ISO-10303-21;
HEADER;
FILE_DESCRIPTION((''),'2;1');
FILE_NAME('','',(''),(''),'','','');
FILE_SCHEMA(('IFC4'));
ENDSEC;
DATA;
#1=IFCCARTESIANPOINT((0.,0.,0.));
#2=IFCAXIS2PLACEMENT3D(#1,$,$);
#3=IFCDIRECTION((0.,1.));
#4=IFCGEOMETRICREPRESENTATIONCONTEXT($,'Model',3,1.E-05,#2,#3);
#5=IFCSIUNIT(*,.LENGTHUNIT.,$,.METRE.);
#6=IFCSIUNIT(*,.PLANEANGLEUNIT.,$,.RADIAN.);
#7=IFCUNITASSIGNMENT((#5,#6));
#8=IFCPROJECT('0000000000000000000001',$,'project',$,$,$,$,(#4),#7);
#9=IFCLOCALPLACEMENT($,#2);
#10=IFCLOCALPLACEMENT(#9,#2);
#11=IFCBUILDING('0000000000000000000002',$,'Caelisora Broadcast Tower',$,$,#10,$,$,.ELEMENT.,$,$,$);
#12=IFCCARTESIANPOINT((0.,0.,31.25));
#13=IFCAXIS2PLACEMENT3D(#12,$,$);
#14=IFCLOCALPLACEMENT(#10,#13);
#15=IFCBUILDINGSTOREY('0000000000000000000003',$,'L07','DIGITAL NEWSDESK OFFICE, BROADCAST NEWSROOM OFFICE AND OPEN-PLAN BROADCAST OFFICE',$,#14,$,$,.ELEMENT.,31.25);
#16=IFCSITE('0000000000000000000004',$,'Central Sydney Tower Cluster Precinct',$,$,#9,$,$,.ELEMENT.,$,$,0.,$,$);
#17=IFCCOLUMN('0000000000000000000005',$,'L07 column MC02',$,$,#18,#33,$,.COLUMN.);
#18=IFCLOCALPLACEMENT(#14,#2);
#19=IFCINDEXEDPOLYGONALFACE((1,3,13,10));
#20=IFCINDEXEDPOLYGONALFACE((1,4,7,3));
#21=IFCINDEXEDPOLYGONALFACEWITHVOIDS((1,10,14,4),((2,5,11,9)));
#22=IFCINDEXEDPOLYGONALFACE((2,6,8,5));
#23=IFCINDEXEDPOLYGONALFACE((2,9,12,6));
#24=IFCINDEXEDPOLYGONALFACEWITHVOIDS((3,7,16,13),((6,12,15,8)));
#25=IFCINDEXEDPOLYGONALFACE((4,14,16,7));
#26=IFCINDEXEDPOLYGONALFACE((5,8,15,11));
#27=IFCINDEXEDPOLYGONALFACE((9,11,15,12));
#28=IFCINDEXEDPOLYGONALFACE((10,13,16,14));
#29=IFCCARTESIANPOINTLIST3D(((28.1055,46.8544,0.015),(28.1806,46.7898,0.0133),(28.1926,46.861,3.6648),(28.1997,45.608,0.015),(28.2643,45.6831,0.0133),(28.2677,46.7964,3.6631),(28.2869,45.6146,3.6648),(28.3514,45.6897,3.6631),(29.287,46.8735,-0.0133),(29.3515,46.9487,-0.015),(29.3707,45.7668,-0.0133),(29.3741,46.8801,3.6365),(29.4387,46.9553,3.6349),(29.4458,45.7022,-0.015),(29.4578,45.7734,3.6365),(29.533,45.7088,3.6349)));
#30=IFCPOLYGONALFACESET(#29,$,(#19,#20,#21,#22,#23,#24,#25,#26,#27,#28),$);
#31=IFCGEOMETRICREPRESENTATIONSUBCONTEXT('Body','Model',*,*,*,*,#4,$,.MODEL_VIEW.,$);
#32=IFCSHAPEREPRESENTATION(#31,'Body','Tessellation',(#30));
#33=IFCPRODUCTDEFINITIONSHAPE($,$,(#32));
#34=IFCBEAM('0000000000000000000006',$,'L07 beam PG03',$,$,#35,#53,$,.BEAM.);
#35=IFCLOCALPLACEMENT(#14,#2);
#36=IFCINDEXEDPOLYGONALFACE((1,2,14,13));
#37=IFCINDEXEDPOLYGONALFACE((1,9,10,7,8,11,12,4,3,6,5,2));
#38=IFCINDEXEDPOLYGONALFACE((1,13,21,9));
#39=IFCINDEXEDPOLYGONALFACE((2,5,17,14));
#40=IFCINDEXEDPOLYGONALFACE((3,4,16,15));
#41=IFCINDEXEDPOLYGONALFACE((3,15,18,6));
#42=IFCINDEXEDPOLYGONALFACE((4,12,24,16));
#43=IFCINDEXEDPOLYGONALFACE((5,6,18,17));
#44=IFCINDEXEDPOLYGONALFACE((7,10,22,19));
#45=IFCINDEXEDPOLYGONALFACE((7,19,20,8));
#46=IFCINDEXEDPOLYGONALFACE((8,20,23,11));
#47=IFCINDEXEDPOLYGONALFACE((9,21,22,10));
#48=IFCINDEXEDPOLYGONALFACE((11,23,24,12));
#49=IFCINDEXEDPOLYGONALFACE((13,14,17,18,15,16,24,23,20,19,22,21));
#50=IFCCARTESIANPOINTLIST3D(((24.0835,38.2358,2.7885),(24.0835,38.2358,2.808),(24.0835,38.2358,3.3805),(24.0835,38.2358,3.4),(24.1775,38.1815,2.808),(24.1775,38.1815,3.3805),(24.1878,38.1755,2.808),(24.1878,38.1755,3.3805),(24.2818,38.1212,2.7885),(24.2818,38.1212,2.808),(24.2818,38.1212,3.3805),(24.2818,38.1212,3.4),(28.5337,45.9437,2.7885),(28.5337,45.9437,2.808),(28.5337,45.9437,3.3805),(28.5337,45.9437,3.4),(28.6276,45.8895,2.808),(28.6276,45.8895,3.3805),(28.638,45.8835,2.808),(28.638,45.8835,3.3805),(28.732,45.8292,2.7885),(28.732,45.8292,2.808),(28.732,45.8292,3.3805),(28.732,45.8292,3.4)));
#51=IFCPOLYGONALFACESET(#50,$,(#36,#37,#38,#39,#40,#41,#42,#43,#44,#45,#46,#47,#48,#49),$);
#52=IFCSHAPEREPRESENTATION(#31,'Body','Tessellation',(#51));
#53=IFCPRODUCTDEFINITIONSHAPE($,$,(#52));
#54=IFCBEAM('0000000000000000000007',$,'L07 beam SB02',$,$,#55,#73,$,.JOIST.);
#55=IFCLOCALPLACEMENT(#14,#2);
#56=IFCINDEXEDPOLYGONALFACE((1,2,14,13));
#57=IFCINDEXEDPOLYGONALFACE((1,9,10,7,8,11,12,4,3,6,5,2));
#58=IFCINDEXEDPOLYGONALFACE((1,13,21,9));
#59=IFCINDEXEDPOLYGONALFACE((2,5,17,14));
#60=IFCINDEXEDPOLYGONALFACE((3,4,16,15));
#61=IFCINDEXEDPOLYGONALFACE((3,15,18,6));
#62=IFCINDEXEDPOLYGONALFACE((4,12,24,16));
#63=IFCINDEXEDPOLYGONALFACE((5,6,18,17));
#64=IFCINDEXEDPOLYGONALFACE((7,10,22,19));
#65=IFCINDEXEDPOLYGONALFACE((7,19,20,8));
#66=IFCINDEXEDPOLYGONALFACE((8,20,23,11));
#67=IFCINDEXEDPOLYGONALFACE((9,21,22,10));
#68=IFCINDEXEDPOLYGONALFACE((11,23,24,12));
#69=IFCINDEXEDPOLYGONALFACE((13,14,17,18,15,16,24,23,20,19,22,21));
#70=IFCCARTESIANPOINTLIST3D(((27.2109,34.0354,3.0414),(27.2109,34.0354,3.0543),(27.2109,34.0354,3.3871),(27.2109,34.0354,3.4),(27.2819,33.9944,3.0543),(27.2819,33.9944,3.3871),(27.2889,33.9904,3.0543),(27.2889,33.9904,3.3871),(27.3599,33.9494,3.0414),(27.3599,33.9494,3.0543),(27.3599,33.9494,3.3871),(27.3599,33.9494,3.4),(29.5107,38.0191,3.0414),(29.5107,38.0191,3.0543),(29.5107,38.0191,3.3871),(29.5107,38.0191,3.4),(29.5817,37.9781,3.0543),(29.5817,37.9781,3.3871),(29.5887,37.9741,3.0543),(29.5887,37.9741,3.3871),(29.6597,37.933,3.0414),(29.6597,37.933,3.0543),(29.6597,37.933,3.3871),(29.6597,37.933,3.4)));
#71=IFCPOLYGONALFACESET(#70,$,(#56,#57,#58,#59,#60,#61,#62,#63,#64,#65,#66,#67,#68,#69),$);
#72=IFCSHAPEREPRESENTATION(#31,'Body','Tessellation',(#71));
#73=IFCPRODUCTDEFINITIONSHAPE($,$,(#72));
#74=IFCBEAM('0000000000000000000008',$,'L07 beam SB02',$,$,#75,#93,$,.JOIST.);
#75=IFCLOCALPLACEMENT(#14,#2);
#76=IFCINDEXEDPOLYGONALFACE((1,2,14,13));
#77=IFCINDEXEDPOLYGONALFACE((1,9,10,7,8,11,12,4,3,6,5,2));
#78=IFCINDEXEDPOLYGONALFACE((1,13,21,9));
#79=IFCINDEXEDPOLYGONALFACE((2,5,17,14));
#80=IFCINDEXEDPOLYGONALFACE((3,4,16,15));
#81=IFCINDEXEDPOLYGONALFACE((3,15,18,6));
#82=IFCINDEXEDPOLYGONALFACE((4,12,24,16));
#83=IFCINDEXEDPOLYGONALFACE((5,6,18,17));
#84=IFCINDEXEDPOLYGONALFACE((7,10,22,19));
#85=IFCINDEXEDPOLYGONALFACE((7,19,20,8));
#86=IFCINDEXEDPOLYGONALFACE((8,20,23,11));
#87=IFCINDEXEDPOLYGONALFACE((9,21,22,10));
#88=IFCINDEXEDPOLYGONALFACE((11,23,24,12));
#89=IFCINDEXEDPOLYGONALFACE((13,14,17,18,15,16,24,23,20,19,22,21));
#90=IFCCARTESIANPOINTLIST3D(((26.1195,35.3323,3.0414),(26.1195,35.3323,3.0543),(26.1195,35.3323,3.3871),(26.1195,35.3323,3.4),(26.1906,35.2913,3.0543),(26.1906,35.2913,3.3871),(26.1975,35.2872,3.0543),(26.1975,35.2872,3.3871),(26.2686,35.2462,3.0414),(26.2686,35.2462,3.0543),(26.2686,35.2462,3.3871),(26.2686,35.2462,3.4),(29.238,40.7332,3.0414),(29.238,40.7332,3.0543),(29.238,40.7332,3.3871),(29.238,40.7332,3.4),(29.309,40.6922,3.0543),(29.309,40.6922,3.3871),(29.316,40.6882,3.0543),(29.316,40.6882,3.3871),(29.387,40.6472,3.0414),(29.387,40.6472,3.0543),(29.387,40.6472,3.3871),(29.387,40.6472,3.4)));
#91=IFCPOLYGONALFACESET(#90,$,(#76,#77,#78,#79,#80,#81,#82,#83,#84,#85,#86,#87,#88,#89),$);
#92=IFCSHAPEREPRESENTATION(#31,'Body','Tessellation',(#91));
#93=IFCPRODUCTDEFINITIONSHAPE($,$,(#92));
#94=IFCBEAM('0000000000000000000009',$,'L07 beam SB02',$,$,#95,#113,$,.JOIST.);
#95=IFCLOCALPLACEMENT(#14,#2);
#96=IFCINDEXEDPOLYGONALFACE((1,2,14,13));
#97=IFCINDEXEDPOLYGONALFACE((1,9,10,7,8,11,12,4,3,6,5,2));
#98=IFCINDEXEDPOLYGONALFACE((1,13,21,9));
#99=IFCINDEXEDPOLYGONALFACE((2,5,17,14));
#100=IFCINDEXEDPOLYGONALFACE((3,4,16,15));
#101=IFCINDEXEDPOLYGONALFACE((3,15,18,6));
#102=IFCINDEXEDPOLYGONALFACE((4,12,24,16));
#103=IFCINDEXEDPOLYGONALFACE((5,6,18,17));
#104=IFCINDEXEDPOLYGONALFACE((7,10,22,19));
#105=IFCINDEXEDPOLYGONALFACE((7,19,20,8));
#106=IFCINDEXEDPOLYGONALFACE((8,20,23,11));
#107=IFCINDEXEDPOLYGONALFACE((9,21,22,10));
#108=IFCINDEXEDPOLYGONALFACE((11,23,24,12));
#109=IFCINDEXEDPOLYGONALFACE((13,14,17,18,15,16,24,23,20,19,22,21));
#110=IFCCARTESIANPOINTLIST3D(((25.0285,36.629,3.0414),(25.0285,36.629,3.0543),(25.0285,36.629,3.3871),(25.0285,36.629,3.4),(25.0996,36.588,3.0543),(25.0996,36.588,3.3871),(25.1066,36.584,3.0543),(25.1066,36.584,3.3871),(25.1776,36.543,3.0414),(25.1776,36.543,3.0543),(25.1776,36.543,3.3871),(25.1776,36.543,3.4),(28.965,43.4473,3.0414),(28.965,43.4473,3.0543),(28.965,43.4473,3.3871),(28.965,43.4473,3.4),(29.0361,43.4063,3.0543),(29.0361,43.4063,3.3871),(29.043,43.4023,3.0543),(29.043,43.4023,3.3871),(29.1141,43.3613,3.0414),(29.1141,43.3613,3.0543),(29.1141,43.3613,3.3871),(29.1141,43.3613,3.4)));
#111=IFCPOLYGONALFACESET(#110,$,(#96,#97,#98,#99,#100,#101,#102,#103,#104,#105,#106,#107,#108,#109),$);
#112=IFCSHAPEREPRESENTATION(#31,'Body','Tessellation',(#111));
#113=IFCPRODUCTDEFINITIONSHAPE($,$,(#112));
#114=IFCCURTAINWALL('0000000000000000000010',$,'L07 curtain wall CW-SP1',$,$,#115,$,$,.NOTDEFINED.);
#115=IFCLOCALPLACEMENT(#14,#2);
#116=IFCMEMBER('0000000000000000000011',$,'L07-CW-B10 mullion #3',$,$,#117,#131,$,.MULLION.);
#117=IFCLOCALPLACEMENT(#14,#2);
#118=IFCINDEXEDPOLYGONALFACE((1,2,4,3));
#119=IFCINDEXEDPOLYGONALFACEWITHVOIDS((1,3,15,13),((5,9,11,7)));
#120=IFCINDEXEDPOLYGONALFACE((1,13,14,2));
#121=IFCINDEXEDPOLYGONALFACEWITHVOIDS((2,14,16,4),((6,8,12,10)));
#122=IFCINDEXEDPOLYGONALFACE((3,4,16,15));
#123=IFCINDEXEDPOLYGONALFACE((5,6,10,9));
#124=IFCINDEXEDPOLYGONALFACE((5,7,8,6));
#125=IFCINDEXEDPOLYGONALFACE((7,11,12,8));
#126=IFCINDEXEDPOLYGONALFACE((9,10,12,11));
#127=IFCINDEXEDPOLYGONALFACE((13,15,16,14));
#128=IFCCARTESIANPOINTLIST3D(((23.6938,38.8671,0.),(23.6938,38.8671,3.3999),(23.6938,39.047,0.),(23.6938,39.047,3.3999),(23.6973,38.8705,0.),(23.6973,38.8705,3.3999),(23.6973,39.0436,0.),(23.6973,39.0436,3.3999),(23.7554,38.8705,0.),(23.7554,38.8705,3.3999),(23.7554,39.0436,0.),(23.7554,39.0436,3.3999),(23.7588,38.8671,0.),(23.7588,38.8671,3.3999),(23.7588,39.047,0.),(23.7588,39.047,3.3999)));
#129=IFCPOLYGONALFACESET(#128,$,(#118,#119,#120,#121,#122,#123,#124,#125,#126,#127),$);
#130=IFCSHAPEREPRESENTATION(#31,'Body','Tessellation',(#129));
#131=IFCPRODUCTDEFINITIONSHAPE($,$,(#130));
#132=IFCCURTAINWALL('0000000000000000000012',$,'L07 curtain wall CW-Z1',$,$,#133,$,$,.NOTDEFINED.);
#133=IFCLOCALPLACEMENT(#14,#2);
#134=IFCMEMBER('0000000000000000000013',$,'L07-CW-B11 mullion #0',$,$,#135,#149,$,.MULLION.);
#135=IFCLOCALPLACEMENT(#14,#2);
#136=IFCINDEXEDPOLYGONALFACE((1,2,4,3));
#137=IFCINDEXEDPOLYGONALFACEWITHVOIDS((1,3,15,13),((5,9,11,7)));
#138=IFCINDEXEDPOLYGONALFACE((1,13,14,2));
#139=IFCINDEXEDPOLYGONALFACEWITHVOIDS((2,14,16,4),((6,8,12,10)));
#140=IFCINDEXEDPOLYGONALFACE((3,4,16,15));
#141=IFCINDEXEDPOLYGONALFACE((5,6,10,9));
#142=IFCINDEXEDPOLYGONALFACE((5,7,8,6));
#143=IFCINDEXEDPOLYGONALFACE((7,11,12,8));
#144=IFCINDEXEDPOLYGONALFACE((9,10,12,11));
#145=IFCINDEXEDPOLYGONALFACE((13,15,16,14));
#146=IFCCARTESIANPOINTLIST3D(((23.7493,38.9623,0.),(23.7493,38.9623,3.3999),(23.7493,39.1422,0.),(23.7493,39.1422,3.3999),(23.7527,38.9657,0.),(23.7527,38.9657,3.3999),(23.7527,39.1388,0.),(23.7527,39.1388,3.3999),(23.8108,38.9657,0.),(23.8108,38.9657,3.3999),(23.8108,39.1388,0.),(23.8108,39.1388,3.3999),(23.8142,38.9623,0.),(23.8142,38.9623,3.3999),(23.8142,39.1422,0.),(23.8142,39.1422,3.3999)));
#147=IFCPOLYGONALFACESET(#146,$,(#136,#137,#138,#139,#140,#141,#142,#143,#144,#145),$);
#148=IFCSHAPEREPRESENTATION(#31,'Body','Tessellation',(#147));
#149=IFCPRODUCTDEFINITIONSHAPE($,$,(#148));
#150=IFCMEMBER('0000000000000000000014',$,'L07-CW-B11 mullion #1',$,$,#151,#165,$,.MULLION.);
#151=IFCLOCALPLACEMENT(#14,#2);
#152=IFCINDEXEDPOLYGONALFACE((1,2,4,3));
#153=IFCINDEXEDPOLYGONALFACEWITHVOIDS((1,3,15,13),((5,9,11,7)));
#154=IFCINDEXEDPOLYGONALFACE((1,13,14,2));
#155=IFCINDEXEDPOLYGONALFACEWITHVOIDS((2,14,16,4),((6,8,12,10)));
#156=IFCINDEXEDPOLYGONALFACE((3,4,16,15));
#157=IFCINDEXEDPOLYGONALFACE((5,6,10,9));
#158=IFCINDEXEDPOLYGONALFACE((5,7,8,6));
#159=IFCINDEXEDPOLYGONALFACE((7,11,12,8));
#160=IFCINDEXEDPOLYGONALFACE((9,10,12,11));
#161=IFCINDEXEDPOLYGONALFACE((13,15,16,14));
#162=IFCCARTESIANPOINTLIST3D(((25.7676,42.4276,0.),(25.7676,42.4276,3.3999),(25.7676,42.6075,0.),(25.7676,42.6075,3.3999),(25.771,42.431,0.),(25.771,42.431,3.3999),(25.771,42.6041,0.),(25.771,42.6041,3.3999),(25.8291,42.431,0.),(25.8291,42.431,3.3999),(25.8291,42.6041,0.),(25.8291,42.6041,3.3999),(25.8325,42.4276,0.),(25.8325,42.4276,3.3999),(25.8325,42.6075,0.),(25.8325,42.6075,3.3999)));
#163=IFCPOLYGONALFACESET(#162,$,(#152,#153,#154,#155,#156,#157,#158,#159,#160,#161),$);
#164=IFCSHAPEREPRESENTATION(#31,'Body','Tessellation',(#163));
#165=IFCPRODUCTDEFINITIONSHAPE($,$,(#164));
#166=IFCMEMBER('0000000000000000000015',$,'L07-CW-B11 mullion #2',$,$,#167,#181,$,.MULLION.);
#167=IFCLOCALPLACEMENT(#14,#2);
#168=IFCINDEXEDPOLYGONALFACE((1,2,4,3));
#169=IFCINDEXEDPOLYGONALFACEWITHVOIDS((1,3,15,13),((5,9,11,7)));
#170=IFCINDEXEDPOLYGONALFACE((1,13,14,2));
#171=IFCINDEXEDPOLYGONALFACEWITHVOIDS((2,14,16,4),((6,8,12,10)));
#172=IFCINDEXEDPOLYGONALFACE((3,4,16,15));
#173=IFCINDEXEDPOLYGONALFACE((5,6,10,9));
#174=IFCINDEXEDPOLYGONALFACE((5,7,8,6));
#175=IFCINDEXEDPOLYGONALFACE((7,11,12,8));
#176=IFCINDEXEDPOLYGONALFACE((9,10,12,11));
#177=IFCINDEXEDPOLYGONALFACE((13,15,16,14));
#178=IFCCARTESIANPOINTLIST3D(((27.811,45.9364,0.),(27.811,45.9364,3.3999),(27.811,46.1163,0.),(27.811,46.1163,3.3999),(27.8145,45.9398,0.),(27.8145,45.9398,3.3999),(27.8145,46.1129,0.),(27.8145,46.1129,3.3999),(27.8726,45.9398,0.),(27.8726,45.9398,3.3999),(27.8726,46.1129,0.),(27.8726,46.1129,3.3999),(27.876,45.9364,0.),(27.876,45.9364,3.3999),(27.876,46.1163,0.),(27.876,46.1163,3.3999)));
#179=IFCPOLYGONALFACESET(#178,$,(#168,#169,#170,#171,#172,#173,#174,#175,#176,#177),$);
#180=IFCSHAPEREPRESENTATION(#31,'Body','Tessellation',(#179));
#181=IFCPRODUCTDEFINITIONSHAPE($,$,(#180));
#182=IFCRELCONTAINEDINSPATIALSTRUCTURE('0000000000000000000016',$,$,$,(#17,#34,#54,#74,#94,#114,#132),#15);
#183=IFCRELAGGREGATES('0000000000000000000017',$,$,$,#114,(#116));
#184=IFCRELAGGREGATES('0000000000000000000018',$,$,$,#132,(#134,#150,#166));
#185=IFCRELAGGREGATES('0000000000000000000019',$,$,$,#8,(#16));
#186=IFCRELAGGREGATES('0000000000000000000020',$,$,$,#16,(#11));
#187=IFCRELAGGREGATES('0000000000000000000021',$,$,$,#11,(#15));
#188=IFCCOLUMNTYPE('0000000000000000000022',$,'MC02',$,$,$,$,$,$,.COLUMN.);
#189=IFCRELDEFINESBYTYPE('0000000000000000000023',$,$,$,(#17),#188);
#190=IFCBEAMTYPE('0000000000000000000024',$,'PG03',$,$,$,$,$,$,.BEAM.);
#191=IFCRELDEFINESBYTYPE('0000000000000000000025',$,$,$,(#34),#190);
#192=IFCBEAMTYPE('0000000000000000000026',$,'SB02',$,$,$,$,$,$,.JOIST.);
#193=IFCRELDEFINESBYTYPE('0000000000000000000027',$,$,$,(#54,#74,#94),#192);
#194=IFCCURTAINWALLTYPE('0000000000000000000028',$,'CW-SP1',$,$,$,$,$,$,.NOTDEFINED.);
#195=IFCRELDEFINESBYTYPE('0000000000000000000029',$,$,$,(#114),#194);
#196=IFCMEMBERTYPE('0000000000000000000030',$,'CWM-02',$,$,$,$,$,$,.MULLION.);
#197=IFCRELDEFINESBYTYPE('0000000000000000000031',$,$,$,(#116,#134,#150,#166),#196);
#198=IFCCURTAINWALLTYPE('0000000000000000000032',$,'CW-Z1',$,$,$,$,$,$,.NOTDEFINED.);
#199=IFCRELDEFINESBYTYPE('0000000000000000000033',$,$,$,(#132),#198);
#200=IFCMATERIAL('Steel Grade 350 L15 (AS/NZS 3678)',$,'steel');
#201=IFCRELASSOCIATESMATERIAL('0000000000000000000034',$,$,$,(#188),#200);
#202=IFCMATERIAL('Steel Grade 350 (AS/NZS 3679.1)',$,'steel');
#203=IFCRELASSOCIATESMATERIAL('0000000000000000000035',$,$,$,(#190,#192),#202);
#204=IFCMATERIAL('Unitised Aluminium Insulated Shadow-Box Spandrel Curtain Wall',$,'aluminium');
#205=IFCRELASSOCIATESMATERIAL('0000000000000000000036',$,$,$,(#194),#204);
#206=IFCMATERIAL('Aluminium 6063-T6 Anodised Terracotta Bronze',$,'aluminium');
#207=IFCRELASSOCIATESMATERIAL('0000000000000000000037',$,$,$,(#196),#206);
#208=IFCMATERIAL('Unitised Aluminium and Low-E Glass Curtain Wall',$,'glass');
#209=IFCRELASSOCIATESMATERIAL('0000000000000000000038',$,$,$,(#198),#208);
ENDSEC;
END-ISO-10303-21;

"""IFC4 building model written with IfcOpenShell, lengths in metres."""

from ifc_helpers import new_model, si_unit, direction, frame, origin, origin_2d, place, context, subcontext, project, spatial, hollow_rectangle, i_section, extrude, source, transform, mapped, material, material_profile, profile_set, type_object, type_shapes, element, aggregate, save


model = new_model("IFC4")

# Units and contexts
model_context = context("Model", 3, precision=1e-05, world=origin(), true_north=direction((0.0, 1.0)))
body_context = subcontext(model_context, "Body", "Model", "MODEL_VIEW")
ifc_project = project(units=[si_unit("LENGTHUNIT", "METRE"), si_unit("PLANEANGLEUNIT", "RADIAN")], contexts=[model_context])

# Site, building, storey
site_placement = place(None, origin())
site = spatial("IfcSite", under=ifc_project, at=site_placement, Name="Central Sydney Tower Cluster Precinct", CompositionType="ELEMENT", RefElevation=0.0)
building_placement = place(site_placement, origin())
building = spatial("IfcBuilding", under=site, at=building_placement, Name="Caelisora Broadcast Tower", CompositionType="ELEMENT")
storey_placement = place(building_placement, frame((0.0, 0.0, 31.25)))
storey = spatial("IfcBuildingStorey", under=building, at=storey_placement, Name="L07", Description="DIGITAL NEWSDESK OFFICE, BROADCAST NEWSROOM OFFICE AND OPEN-PLAN BROADCAST OFFICE", CompositionType="ELEMENT", Elevation=31.25)

# Column
ifc_material_1 = material(Name="Steel Grade 350 L15 (AS/NZS 3678)", Category="steel")
ifc_material_profile_1 = material_profile(ifc_material_1, hollow_rectangle(XDim=1.25, YDim=1.25, WallThickness=0.0701, at=origin_2d()), Name="Steel Grade 350 L15 (AS/NZS 3678)")
ifc_profile_set_1 = profile_set([ifc_material_profile_1], Name="Steel Grade 350 L15 (AS/NZS 3678)")
column_type = type_object("IfcColumnType", Name="MC02", PredefinedType="COLUMN", material=ifc_profile_set_1)
shared_shape_1 = source(origin(), body_context, "Body", "SweptSolid", [
    extrude(hollow_rectangle(XDim=1.25, YDim=1.25, WallThickness=0.0701, at=origin_2d()), origin(), (0.0, 0.0, 1.0), 3.6509),
])
type_shapes(column_type, [shared_shape_1])
column_placement = place(storey_placement, frame((28.7756, 46.2783, 0.0), z_axis=(0.023873, 0.001806, 0.999713), x_axis=(-0.075415, 0.997152, 0.0)))
element("IfcColumn", 1, at=column_placement, inside=storey, type_object=column_type, Name="L07 column MC02", PredefinedType="COLUMN", context=body_context, shape_type="MappedRepresentation", body=[
    mapped(shared_shape_1, transform((0.0, 0.0, 0.0), scale=1.0)),
])

# Beams
ifc_material_2 = material(Name="Steel Grade 350 (AS/NZS 3679.1)", Category="steel")
ifc_material_profile_2 = material_profile(ifc_material_2, i_section(OverallWidth=0.229, OverallDepth=0.6116, WebThickness=0.012, FlangeThickness=0.0195, at=origin_2d()), Name="Steel Grade 350 (AS/NZS 3679.1)")
ifc_profile_set_2 = profile_set([ifc_material_profile_2], Name="Steel Grade 350 (AS/NZS 3679.1)")
beam_type_1 = type_object("IfcBeamType", Name="PG03", PredefinedType="BEAM", material=ifc_profile_set_2)
shared_shape_2 = source(origin(), body_context, "Body", "SweptSolid", [
    extrude(i_section(OverallWidth=0.229, OverallDepth=0.6116, WebThickness=0.012, FlangeThickness=0.0195, at=origin_2d()), origin(), (0.0, 0.0, 1.0), 8.9004),
])
type_shapes(beam_type_1, [shared_shape_2])
beam_1_placement = place(storey_placement, frame((28.6328, 45.8865, 3.0942), z_axis=(-0.499998, -0.866027, 0.0), x_axis=(0.866027, -0.499998, 0.0)))
element("IfcBeam", 2, at=beam_1_placement, inside=storey, type_object=beam_type_1, Name="L07 beam PG03", PredefinedType="BEAM", context=body_context, shape_type="MappedRepresentation", body=[
    mapped(shared_shape_2, transform((0.0, 0.0, 0.0), scale=1.0)),
])
ifc_material_profile_3 = material_profile(ifc_material_2, i_section(OverallWidth=0.1721, OverallDepth=0.3586, WebThickness=0.0081, FlangeThickness=0.0129, at=origin_2d()), Name="Steel Grade 350 (AS/NZS 3679.1)")
ifc_profile_set_3 = profile_set([ifc_material_profile_3], Name="Steel Grade 350 (AS/NZS 3679.1)")
beam_type_2 = type_object("IfcBeamType", Name="SB02", PredefinedType="JOIST", material=ifc_profile_set_3)
shared_shape_3 = source(origin(), body_context, "Body", "SweptSolid", [
    extrude(i_section(OverallWidth=0.1721, OverallDepth=0.3586, WebThickness=0.0081, FlangeThickness=0.0129, at=origin_2d()), origin(), (0.0, 0.0, 1.0), 4.5999),
])
beam_2_placement = place(storey_placement, frame((29.5852, 37.9761, 3.2207), z_axis=(-0.499975, -0.86604, 0.0), x_axis=(0.86604, -0.499975, 0.0)))
element("IfcBeam", 3, at=beam_2_placement, inside=storey, type_object=beam_type_2, Name="L07 beam SB02", PredefinedType="JOIST", context=body_context, shape_type="MappedRepresentation", body=[
    mapped(shared_shape_3, transform((0.0, 0.0, 0.0), scale=1.0)),
])
shared_shape_4 = source(origin(), body_context, "Body", "SweptSolid", [
    extrude(i_section(OverallWidth=0.1721, OverallDepth=0.3586, WebThickness=0.0081, FlangeThickness=0.0129, at=origin_2d()), origin(), (0.0, 0.0, 1.0), 6.2366),
])
beam_3_placement = place(storey_placement, frame((29.3125, 40.6902, 3.2207), z_axis=(-0.500025, -0.866011, 0.0), x_axis=(0.866011, -0.500025, 0.0)))
element("IfcBeam", 4, at=beam_3_placement, inside=storey, type_object=beam_type_2, Name="L07 beam SB02", PredefinedType="JOIST", context=body_context, shape_type="MappedRepresentation", body=[
    mapped(shared_shape_4, transform((0.0, 0.0, 0.0), scale=1.0)),
])
shared_shape_5 = source(origin(), body_context, "Body", "SweptSolid", [
    extrude(i_section(OverallWidth=0.1721, OverallDepth=0.3586, WebThickness=0.0081, FlangeThickness=0.0129, at=origin_2d()), origin(), (0.0, 0.0, 1.0), 7.873),
])
type_shapes(beam_type_2, [shared_shape_3, shared_shape_4, shared_shape_5])
beam_4_placement = place(storey_placement, frame((29.0396, 43.4043, 3.2207), z_axis=(-0.499994, -0.866029, 0.0), x_axis=(0.866029, -0.499994, 0.0)))
element("IfcBeam", 5, at=beam_4_placement, inside=storey, type_object=beam_type_2, Name="L07 beam SB02", PredefinedType="JOIST", context=body_context, shape_type="MappedRepresentation", body=[
    mapped(shared_shape_5, transform((0.0, 0.0, 0.0), scale=1.0)),
])

# Curtain wall, member
ifc_material_3 = material(Name="Unitised Aluminium Insulated Shadow-Box Spandrel Curtain Wall", Category="aluminium")
curtain_wall_type_1 = type_object("IfcCurtainWallType", Name="CW-SP1", PredefinedType="NOTDEFINED", material=ifc_material_3)
curtain_wall_1_placement = place(storey_placement, origin())
curtain_wall_1 = element("IfcCurtainWall", 6, at=curtain_wall_1_placement, inside=storey, type_object=curtain_wall_type_1, Name="L07 curtain wall CW-SP1", PredefinedType="NOTDEFINED")
ifc_material_4 = material(Name="Aluminium 6063-T6 Anodised Terracotta Bronze", Category="aluminium")
ifc_material_profile_4 = material_profile(ifc_material_4, hollow_rectangle(XDim=0.0649, YDim=0.1799, WallThickness=0.0034, at=origin_2d()), Name="Aluminium 6063-T6 Anodised Terracotta Bronze")
ifc_profile_set_4 = profile_set([ifc_material_profile_4], Name="Aluminium 6063-T6 Anodised Terracotta Bronze")
member_type_1 = type_object("IfcMemberType", Name="CWM-02", PredefinedType="MULLION", material=ifc_profile_set_4)
shared_shape_6 = source(origin(), body_context, "Body", "SweptSolid", [
    extrude(hollow_rectangle(XDim=0.0649, YDim=0.1799, WallThickness=0.0034, at=origin_2d()), origin(), (0.0, 0.0, 1.0), 3.3999),
])
type_shapes(member_type_1, [shared_shape_6])
member_1_placement = place(storey_placement, frame((23.7263, 38.957, 0.0), z_axis=(0.0, 0.0, 1.0), x_axis=(1.0, 0.0, 0.0)))
member_1 = element("IfcMember", 7, at=member_1_placement, type_object=member_type_1, Name="L07-CW-B10 mullion #3", PredefinedType="MULLION", context=body_context, shape_type="MappedRepresentation", body=[
    mapped(shared_shape_6, transform((0.0, 0.0, 0.0), scale=1.0)),
])
aggregate(curtain_wall_1, [member_1])

# Curtain wall, members
ifc_material_5 = material(Name="Unitised Aluminium and Low-E Glass Curtain Wall", Category="glass")
curtain_wall_type_2 = type_object("IfcCurtainWallType", Name="CW-Z1", PredefinedType="NOTDEFINED", material=ifc_material_5)
curtain_wall_2_placement = place(storey_placement, origin())
curtain_wall_2 = element("IfcCurtainWall", 8, at=curtain_wall_2_placement, inside=storey, type_object=curtain_wall_type_2, Name="L07 curtain wall CW-Z1", PredefinedType="NOTDEFINED")
member_2_placement = place(storey_placement, frame((23.7817, 39.0522, 0.0), z_axis=(0.0, 0.0, 1.0), x_axis=(1.0, 0.0, 0.0)))
member_2 = element("IfcMember", 9, at=member_2_placement, type_object=member_type_1, Name="L07-CW-B11 mullion #0", PredefinedType="MULLION", context=body_context, shape_type="MappedRepresentation", body=[
    mapped(shared_shape_6, transform((0.0, 0.0, 0.0), scale=1.0)),
])
member_3_placement = place(storey_placement, frame((25.8, 42.5176, 0.0), z_axis=(0.0, 0.0, 1.0), x_axis=(1.0, 0.0, 0.0)))
member_3 = element("IfcMember", 10, at=member_3_placement, type_object=member_type_1, Name="L07-CW-B11 mullion #1", PredefinedType="MULLION", context=body_context, shape_type="MappedRepresentation", body=[
    mapped(shared_shape_6, transform((0.0, 0.0, 0.0), scale=1.0)),
])
member_4_placement = place(storey_placement, frame((27.8435, 46.0264, 0.0), z_axis=(0.0, 0.0, 1.0), x_axis=(1.0, 0.0, 0.0)))
member_4 = element("IfcMember", 11, at=member_4_placement, type_object=member_type_1, Name="L07-CW-B11 mullion #2", PredefinedType="MULLION", context=body_context, shape_type="MappedRepresentation", body=[
    mapped(shared_shape_6, transform((0.0, 0.0, 0.0), scale=1.0)),
])

aggregate(curtain_wall_2, [member_2, member_3, member_4])

save(model, "model.ifc")
